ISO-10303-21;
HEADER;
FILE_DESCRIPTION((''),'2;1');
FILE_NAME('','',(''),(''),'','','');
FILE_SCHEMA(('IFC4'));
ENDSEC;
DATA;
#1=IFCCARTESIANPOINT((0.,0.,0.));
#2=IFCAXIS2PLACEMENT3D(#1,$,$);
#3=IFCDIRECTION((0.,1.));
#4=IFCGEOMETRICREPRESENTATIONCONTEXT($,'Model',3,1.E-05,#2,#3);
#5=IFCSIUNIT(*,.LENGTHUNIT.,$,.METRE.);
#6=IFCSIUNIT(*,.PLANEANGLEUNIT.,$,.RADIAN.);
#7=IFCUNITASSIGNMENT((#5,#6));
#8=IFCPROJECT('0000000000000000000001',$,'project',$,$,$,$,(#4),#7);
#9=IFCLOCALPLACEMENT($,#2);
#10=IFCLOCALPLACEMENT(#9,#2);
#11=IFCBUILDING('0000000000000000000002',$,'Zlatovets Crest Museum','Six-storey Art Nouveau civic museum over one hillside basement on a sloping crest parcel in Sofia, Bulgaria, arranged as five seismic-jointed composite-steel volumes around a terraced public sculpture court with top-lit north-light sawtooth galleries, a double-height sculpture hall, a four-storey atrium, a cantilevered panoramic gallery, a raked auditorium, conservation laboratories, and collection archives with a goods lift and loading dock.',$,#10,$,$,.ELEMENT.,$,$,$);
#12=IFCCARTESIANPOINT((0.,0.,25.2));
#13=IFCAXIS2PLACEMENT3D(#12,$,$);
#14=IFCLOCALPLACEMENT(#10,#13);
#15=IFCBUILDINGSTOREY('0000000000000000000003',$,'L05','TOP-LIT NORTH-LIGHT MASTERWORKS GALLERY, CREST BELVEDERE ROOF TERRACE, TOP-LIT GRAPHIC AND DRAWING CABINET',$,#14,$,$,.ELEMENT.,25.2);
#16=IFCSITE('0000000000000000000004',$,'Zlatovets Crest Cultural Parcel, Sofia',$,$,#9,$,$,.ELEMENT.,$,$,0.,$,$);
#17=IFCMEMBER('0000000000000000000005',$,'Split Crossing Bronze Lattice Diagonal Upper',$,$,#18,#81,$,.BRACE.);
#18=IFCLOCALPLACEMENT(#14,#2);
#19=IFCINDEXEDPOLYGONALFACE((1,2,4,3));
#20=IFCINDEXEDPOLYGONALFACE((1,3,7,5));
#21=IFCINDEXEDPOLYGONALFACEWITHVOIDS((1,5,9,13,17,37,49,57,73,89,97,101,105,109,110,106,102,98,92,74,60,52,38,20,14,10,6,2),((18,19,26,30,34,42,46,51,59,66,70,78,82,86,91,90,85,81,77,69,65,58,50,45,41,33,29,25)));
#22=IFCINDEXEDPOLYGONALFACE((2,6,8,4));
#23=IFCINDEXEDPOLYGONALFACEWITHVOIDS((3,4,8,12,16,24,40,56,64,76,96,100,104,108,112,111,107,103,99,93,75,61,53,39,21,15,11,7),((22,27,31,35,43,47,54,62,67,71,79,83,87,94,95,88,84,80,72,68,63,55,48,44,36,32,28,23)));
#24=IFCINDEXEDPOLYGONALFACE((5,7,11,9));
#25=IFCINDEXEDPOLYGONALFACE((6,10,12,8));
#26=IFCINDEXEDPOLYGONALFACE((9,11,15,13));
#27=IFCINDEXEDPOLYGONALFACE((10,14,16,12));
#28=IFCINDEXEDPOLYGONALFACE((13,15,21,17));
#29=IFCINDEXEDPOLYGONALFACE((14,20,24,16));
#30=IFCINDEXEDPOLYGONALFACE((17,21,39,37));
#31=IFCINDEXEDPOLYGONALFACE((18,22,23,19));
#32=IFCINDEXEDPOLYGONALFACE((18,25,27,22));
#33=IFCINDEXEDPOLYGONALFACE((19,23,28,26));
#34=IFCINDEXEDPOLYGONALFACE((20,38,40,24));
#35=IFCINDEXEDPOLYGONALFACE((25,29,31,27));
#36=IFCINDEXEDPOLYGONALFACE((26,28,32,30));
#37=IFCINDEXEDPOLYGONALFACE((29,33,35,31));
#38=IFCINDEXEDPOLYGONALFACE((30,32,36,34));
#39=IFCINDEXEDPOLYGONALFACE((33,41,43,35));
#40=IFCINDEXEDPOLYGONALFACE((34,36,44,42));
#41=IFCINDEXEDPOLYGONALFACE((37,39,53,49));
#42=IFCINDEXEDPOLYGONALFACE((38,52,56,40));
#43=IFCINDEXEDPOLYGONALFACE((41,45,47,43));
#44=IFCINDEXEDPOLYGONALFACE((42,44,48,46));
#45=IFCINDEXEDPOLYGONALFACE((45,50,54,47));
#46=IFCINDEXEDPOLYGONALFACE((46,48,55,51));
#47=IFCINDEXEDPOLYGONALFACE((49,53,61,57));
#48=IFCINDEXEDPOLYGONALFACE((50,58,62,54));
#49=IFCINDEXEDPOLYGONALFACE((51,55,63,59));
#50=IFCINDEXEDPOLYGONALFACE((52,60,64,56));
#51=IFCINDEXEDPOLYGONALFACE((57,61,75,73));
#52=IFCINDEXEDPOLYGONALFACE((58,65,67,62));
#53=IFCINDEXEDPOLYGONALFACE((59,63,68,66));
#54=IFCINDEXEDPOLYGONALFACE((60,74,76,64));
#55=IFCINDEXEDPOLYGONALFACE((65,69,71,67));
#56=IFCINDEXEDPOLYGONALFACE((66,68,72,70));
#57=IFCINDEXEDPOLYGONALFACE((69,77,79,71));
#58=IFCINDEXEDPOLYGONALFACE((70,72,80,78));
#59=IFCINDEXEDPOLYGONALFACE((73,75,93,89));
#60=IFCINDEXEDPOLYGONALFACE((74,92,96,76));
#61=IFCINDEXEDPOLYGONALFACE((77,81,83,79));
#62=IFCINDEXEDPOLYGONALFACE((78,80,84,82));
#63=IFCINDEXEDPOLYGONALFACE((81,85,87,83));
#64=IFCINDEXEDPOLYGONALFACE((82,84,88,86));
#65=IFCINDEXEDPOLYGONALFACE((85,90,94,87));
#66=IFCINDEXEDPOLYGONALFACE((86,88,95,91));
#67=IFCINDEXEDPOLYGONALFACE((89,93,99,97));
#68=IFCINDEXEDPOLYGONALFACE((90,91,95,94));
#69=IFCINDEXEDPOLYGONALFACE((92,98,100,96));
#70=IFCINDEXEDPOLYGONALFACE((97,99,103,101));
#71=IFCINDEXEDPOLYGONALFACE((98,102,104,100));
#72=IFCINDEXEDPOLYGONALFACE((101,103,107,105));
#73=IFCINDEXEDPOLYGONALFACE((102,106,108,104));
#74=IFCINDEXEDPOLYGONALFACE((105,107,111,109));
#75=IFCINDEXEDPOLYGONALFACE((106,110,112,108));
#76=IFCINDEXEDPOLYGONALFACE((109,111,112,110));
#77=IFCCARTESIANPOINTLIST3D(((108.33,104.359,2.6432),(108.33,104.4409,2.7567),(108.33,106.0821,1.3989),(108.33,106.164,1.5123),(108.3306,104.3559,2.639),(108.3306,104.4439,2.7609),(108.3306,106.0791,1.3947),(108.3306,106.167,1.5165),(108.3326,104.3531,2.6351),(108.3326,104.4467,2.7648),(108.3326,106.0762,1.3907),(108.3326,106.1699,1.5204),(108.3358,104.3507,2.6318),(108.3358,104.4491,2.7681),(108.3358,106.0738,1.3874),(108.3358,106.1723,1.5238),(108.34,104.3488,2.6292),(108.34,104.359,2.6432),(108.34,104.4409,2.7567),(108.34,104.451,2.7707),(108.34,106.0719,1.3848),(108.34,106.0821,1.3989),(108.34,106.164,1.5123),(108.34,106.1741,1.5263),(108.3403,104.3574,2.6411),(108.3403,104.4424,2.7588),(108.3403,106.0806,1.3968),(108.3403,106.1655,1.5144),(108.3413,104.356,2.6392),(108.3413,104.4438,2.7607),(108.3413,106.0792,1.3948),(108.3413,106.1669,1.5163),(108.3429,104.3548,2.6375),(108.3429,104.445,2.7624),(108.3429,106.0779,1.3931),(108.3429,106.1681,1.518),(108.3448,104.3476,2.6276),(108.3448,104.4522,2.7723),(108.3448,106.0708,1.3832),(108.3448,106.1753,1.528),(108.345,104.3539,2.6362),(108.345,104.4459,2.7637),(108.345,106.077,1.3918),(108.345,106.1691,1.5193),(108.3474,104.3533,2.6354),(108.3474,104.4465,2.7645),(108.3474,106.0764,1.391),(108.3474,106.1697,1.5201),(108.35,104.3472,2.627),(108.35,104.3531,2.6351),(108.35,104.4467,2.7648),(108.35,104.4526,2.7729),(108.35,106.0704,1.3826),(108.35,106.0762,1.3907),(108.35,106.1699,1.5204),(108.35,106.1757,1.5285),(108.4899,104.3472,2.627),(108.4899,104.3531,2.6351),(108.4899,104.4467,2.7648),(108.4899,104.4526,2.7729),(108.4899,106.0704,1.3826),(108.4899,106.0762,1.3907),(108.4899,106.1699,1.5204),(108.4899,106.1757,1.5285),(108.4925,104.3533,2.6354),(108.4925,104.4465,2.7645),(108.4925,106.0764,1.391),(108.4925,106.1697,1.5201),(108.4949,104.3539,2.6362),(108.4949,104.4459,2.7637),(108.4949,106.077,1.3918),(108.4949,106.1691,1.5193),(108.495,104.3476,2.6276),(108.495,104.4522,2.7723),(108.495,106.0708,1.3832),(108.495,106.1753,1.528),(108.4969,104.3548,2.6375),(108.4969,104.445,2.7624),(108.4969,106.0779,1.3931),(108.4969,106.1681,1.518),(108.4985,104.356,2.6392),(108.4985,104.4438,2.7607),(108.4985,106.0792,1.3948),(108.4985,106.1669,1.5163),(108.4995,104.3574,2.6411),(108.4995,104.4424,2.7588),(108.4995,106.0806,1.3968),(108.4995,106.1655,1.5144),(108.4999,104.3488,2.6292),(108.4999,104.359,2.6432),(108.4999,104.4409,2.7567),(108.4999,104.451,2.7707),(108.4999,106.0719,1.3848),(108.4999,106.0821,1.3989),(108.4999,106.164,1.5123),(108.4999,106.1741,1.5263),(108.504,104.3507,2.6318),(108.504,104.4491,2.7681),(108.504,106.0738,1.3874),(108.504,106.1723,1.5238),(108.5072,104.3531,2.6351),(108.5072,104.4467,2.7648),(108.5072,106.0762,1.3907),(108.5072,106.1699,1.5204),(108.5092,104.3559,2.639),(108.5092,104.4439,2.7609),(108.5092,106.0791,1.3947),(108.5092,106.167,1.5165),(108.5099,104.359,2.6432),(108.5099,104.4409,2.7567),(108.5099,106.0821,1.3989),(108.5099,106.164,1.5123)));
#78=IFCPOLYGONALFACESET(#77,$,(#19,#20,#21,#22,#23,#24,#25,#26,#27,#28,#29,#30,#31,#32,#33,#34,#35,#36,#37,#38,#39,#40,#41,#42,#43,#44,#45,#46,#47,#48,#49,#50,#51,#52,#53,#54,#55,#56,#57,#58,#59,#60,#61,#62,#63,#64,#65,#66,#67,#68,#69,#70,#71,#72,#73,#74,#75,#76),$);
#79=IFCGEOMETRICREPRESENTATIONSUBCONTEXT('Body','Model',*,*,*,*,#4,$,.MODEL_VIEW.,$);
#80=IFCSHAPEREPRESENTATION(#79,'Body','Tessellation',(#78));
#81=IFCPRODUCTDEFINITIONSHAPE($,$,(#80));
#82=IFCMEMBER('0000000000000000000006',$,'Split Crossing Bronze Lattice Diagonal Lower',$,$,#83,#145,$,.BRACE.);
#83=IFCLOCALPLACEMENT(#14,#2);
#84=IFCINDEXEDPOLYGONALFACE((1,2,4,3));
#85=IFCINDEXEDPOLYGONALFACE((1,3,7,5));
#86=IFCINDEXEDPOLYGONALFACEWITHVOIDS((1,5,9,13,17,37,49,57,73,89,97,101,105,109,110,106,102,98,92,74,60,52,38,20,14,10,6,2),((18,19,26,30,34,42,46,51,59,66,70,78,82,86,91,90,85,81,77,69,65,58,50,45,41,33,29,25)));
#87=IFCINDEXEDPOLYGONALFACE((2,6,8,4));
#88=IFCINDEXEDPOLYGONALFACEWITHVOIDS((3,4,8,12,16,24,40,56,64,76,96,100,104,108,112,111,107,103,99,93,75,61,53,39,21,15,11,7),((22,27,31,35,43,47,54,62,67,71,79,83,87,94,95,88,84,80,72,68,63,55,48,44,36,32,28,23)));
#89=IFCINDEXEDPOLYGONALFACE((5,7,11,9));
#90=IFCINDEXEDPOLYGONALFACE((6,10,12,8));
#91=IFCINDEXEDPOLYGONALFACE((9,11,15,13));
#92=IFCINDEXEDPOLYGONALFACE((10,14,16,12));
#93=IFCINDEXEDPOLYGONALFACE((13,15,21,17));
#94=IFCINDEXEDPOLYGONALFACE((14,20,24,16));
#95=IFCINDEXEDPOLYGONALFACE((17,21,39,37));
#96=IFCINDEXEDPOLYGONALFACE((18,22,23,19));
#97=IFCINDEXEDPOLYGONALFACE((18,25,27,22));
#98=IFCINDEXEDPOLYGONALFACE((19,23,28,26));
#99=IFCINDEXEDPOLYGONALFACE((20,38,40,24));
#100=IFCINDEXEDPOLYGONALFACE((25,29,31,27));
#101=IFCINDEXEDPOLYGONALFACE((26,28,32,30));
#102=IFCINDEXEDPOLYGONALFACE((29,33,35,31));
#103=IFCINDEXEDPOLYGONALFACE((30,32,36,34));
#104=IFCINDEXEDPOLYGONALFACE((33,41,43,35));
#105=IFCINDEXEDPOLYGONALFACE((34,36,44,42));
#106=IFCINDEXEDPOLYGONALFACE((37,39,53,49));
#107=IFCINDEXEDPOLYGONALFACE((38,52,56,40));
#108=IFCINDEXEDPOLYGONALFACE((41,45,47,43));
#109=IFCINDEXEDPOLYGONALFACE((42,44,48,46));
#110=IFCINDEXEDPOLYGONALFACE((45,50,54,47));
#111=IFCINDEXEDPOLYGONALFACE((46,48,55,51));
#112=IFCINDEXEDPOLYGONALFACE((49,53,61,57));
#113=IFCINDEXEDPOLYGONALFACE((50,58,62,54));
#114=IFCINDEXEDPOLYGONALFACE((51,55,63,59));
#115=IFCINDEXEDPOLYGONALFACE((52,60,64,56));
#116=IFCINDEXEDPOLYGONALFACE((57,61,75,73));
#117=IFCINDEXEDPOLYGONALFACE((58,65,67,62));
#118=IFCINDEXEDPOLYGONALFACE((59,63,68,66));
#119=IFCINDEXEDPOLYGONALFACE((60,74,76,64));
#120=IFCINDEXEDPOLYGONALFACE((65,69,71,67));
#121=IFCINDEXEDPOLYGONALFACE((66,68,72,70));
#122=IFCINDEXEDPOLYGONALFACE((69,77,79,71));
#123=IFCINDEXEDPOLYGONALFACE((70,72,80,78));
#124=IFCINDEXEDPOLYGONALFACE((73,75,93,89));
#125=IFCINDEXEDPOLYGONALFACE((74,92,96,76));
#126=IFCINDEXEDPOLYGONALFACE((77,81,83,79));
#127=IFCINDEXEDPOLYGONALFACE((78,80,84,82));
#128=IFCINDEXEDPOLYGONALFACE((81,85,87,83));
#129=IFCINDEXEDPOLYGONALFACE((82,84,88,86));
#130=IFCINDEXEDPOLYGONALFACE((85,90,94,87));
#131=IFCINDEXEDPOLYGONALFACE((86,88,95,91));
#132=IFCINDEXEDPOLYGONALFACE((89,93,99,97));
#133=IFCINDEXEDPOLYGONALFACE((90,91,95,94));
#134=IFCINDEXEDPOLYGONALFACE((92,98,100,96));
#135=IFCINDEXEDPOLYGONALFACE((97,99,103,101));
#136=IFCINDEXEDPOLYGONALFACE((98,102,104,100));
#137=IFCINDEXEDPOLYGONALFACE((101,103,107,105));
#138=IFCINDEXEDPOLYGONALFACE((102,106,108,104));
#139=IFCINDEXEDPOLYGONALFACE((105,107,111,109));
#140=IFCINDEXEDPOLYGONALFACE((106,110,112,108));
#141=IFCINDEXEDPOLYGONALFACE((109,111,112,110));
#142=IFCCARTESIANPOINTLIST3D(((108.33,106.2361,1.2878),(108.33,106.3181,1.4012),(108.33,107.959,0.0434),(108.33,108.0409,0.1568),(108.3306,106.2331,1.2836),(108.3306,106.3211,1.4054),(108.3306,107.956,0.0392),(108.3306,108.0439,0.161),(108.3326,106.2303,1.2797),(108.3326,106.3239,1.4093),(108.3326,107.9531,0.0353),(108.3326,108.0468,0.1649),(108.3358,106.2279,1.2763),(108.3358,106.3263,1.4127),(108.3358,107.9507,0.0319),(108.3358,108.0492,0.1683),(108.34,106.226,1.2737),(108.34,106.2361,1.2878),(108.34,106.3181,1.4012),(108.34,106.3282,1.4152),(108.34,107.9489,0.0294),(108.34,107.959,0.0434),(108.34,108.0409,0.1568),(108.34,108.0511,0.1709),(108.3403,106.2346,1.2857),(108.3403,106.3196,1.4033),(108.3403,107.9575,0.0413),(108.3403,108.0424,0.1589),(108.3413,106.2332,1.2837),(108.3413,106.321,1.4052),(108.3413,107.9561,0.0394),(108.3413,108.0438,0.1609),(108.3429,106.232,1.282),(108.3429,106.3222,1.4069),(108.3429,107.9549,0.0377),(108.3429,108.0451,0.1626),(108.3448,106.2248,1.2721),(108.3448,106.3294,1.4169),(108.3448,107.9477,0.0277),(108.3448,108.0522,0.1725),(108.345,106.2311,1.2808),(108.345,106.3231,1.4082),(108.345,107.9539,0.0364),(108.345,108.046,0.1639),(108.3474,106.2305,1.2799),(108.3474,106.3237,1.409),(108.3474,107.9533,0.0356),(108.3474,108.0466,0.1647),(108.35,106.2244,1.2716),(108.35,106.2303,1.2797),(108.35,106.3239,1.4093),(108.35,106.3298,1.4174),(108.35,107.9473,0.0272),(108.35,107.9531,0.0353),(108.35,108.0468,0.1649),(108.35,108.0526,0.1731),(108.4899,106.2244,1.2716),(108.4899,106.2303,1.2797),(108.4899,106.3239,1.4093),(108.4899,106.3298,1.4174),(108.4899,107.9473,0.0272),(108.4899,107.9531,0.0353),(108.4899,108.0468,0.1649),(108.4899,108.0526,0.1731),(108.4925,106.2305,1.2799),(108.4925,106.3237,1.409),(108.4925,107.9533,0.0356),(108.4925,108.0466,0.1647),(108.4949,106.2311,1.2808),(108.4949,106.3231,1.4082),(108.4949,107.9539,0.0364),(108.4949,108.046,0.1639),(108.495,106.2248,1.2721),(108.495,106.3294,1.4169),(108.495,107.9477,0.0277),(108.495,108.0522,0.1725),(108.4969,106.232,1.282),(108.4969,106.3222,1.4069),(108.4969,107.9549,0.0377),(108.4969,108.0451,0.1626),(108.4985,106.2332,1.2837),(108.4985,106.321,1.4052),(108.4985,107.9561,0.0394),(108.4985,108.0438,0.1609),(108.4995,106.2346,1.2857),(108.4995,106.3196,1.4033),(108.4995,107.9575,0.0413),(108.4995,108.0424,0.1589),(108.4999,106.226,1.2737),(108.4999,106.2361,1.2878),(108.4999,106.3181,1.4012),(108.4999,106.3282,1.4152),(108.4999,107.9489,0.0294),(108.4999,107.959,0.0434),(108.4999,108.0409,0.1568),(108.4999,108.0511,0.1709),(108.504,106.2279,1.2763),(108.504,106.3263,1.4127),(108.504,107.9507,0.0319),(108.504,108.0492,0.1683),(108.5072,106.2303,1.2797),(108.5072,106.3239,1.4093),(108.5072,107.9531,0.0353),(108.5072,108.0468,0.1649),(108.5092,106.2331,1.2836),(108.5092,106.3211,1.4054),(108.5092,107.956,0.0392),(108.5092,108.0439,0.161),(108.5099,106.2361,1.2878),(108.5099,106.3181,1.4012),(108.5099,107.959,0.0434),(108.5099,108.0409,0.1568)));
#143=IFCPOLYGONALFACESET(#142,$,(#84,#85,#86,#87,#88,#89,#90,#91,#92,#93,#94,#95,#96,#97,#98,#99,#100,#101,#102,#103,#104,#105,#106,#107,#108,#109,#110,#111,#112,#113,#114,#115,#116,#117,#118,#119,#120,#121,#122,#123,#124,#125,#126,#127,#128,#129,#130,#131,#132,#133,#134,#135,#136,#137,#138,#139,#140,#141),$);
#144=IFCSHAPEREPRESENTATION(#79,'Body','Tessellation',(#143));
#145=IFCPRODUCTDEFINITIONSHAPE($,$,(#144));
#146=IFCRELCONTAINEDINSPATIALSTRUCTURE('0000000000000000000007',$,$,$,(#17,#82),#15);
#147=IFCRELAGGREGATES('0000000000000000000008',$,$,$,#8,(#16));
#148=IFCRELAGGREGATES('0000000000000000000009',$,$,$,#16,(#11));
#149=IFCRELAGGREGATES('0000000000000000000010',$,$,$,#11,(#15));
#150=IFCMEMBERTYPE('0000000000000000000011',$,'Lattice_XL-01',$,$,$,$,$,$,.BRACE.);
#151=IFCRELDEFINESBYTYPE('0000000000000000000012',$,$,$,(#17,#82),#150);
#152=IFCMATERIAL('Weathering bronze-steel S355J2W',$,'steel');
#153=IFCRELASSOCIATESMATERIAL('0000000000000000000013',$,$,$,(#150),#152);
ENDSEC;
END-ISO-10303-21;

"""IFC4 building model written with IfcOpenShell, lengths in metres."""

from ifc_helpers import new_model, si_unit, direction, frame, origin, origin_2d, place, context, subcontext, project, spatial, hollow_rectangle, extrude, material, material_profile, profile_set, type_object, element, save


model = new_model("IFC4")

# Units and contexts
model_context = context("Model", 3, precision=1e-05, world=origin(), true_north=direction((0.0, 1.0)))
body_context = subcontext(model_context, "Body", "Model", "MODEL_VIEW")
ifc_project = project(units=[si_unit("LENGTHUNIT", "METRE"), si_unit("PLANEANGLEUNIT", "RADIAN")], contexts=[model_context])

# Site, building, storey
site_placement = place(None, origin())
site = spatial("IfcSite", under=ifc_project, at=site_placement, Name="Zlatovets Crest Cultural Parcel, Sofia", CompositionType="ELEMENT", RefElevation=0.0)
building_placement = place(site_placement, origin())
building = spatial("IfcBuilding", under=site, at=building_placement, Name="Zlatovets Crest Museum", Description="Six-storey Art Nouveau civic museum over one hillside basement on a sloping crest parcel in Sofia, Bulgaria, arranged as five seismic-jointed composite-steel volumes around a terraced public sculpture court with top-lit north-light sawtooth galleries, a double-height sculpture hall, a four-storey atrium, a cantilevered panoramic gallery, a raked auditorium, conservation laboratories, and collection archives with a goods lift and loading dock.", CompositionType="ELEMENT")
storey_placement = place(building_placement, frame((0.0, 0.0, 25.2)))
storey = spatial("IfcBuildingStorey", under=building, at=storey_placement, Name="L05", Description="TOP-LIT NORTH-LIGHT MASTERWORKS GALLERY, CREST BELVEDERE ROOF TERRACE, TOP-LIT GRAPHIC AND DRAWING CABINET", CompositionType="ELEMENT", Elevation=25.2)

# Members
ifc_material_1 = material(Name="Weathering bronze-steel S355J2W", Category="steel")
ifc_material_profile_1 = material_profile(ifc_material_1, hollow_rectangle(XDim=0.1799, YDim=0.1799, WallThickness=0.01, InnerFilletRadius=0.01, OuterFilletRadius=0.02, at=origin_2d()), Name="SHS 180x180x10.0")
ifc_profile_set_1 = profile_set([ifc_material_profile_1], Name="Weathering bronze-steel S355J2W")
member_type_1 = type_object("IfcMemberType", Name="Lattice_XL-01", PredefinedType="BRACE", material=ifc_profile_set_1)
member_1_placement = place(storey_placement, frame((108.4199, 104.3999, 2.7), z_axis=(0.0, 0.810703, -0.585457), x_axis=(-1.0, 0.0, 0.0)))
element("IfcMember", 1, at=member_1_placement, inside=storey, type_object=member_type_1, Name="Split Crossing Bronze Lattice Diagonal Upper", PredefinedType="BRACE", context=body_context, shape_type="SweptSolid", body=[
    extrude(hollow_rectangle(XDim=0.1799, YDim=0.1799, WallThickness=0.01, InnerFilletRadius=0.01, OuterFilletRadius=0.02, at=origin_2d()), origin(), (0.0, 0.0, 1.0), 2.1255),
])
member_2_placement = place(storey_placement, frame((108.4199, 106.2771, 1.3445), z_axis=(0.0, 0.810664, -0.585512), x_axis=(-1.0, 0.0, 0.0)))
element("IfcMember", 2, at=member_2_placement, inside=storey, type_object=member_type_1, Name="Split Crossing Bronze Lattice Diagonal Lower", PredefinedType="BRACE", context=body_context, shape_type="SweptSolid", body=[
    extrude(hollow_rectangle(XDim=0.1799, YDim=0.1799, WallThickness=0.01, InnerFilletRadius=0.01, OuterFilletRadius=0.02, at=origin_2d()), origin(), (0.0, 0.0, 1.0), 2.1252),
])

save(model, "model.ifc")
